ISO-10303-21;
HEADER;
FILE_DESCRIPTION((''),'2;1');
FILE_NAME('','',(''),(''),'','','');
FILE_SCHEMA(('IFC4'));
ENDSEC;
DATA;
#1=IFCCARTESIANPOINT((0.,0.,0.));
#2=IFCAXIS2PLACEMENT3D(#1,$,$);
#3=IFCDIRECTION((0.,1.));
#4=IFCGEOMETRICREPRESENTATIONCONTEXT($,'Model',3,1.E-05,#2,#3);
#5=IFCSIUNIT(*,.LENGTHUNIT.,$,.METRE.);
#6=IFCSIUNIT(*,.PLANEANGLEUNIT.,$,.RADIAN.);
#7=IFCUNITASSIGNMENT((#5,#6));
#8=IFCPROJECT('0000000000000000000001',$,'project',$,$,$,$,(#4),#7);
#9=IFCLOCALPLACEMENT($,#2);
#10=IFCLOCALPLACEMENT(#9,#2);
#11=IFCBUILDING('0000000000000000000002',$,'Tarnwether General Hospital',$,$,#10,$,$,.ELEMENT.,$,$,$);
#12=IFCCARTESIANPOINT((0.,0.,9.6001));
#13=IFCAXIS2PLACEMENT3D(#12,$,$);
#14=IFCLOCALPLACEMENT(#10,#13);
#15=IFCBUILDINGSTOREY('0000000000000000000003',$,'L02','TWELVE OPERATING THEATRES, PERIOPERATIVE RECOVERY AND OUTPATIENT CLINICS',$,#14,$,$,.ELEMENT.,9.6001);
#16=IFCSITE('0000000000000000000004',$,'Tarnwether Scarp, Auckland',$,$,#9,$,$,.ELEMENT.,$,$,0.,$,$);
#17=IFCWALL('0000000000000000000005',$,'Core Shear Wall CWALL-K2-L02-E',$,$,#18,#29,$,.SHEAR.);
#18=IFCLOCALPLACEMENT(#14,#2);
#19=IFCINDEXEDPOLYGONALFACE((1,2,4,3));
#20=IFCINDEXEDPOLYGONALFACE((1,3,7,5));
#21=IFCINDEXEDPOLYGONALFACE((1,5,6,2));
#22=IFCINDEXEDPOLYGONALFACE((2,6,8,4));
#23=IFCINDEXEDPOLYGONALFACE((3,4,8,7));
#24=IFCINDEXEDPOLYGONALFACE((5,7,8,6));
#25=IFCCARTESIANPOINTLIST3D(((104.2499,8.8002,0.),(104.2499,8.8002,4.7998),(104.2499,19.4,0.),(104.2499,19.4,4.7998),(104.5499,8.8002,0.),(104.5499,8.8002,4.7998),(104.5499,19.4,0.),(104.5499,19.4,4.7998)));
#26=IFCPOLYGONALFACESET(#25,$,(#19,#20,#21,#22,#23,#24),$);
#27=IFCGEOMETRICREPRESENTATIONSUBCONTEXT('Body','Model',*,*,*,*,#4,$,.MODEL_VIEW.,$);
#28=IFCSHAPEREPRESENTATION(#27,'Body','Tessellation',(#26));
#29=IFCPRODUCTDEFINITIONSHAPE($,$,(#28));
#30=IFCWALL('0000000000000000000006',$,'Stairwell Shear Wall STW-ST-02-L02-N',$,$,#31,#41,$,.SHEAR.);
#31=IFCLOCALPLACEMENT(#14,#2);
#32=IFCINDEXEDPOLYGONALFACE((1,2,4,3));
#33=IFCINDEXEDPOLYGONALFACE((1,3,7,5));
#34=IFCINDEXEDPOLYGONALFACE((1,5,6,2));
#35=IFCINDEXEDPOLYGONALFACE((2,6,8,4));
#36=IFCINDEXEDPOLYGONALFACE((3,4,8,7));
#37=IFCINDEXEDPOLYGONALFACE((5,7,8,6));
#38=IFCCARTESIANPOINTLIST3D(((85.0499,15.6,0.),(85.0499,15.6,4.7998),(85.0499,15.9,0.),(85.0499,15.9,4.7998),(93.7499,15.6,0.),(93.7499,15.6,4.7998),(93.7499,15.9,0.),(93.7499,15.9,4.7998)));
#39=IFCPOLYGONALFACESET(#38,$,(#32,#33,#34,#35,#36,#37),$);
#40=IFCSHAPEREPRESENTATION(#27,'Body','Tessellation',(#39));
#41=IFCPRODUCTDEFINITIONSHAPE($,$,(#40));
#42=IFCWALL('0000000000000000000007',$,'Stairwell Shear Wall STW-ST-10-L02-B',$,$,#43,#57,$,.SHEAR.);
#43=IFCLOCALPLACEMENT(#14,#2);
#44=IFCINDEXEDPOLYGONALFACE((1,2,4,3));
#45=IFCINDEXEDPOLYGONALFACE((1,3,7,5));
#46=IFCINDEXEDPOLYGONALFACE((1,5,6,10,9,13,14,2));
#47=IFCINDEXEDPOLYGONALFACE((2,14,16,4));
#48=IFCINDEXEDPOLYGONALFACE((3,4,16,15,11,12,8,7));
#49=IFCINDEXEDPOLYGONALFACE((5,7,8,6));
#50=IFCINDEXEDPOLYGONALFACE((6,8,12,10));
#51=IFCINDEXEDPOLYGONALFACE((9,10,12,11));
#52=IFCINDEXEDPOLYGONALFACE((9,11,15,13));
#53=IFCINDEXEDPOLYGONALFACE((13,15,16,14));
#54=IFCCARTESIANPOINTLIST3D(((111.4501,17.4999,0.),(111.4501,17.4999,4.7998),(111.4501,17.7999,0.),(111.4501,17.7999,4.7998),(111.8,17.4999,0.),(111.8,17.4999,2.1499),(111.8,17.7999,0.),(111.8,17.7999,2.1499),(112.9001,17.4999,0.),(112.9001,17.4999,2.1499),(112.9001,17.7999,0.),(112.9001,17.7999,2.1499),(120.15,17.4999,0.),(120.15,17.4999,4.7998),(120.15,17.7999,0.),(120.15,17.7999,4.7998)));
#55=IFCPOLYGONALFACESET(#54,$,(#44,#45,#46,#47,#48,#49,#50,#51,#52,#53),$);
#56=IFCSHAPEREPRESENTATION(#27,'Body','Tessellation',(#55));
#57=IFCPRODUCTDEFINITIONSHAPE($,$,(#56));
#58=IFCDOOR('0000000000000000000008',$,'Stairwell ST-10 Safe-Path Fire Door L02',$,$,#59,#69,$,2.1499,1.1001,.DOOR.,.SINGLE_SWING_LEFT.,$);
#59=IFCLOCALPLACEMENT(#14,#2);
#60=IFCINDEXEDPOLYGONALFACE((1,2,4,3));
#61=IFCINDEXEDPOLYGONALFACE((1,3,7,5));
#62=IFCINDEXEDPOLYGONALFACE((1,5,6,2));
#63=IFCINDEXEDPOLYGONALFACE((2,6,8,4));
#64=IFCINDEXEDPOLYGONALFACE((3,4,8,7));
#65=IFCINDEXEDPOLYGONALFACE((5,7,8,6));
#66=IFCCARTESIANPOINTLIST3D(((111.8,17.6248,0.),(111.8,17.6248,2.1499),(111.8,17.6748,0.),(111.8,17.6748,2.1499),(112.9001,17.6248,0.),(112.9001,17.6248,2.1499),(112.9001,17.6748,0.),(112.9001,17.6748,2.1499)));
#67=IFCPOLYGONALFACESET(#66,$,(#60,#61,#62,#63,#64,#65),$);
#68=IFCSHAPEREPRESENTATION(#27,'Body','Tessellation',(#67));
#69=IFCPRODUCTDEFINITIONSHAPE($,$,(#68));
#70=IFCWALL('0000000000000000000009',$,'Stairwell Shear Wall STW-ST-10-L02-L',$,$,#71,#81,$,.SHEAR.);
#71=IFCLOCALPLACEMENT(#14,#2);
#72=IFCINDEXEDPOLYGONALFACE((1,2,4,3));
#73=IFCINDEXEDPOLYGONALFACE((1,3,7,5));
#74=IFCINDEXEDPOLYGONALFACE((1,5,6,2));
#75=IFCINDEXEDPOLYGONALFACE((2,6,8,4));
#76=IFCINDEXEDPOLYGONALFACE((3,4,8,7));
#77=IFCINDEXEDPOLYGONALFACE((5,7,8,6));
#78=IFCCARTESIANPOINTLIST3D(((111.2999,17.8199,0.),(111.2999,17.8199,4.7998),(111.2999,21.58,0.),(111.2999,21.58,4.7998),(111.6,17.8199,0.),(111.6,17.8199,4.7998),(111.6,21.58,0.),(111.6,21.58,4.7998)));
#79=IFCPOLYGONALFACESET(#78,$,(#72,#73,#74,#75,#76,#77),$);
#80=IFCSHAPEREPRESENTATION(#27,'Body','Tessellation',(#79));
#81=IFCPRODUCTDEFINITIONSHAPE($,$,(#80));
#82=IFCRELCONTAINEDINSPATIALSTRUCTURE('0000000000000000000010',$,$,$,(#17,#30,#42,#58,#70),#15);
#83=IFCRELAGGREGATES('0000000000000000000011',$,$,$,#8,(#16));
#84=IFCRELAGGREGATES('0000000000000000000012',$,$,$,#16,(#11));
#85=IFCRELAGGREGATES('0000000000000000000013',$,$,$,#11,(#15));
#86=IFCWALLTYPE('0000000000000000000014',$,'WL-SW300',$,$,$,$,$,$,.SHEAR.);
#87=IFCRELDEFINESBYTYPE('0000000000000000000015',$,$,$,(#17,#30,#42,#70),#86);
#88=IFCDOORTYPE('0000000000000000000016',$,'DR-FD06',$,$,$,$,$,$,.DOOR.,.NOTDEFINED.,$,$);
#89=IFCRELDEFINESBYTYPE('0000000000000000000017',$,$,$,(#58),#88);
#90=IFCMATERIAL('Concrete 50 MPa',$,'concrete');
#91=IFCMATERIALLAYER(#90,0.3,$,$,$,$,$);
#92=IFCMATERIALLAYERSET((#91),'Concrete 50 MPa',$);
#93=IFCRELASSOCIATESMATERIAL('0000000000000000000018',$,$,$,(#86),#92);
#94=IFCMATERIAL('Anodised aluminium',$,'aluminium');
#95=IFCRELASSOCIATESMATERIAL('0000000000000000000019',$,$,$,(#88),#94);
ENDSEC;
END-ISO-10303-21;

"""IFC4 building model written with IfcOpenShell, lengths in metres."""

from ifc_helpers import new_model, si_unit, direction, frame, frame_2d, origin, place, context, subcontext, project, spatial, rectangle, extrude, material, layer, layer_set, type_object, element, fill, save


model = new_model("IFC4")

# Units and contexts
model_context = context("Model", 3, precision=1e-05, world=origin(), true_north=direction((0.0, 1.0)))
body_context = subcontext(model_context, "Body", "Model", "MODEL_VIEW")
ifc_project = project(units=[si_unit("LENGTHUNIT", "METRE"), si_unit("PLANEANGLEUNIT", "RADIAN")], contexts=[model_context])

# Site, building, storey
site_placement = place(None, origin())
site = spatial("IfcSite", under=ifc_project, at=site_placement, Name="Tarnwether Scarp, Auckland", CompositionType="ELEMENT", RefElevation=0.0)
building_placement = place(site_placement, origin())
building = spatial("IfcBuilding", under=site, at=building_placement, Name="Tarnwether General Hospital", CompositionType="ELEMENT")
storey_placement = place(building_placement, frame((0.0, 0.0, 9.6001)))
storey = spatial("IfcBuildingStorey", under=building, at=storey_placement, Name="L02", Description="TWELVE OPERATING THEATRES, PERIOPERATIVE RECOVERY AND OUTPATIENT CLINICS", CompositionType="ELEMENT", Elevation=9.6001)

# Walls
ifc_material_1 = material(Name="Concrete 50 MPa", Category="concrete")
ifc_layer_1 = layer(ifc_material_1, 0.3)
ifc_layer_set_1 = layer_set([ifc_layer_1], Name="Concrete 50 MPa")
wall_type_1 = type_object("IfcWallType", Name="WL-SW300", PredefinedType="SHEAR", material=ifc_layer_set_1)
wall_1_placement = place(storey_placement, frame((104.3999, 19.3999, 0.0), z_axis=(0.0, 0.0, 1.0), x_axis=(0.0, -1.0, 0.0)))
element("IfcWall", 1, at=wall_1_placement, inside=storey, type_object=wall_type_1, Name="Core Shear Wall CWALL-K2-L02-E", PredefinedType="SHEAR", context=body_context, shape_type="SweptSolid", body=[
    extrude(rectangle(XDim=10.5999, YDim=0.3, at=frame_2d((5.2998, 0.0))), origin(), (0.0, 0.0, 1.0), 4.7998),
])
wall_2_placement = place(storey_placement, frame((93.75, 15.75, 0.0), z_axis=(0.0, 0.0, 1.0), x_axis=(-1.0, 0.0, 0.0)))
element("IfcWall", 2, at=wall_2_placement, inside=storey, type_object=wall_type_1, Name="Stairwell Shear Wall STW-ST-02-L02-N", PredefinedType="SHEAR", context=body_context, shape_type="SweptSolid", body=[
    extrude(rectangle(XDim=8.7, YDim=0.3, at=frame_2d((4.3501, 0.0))), origin(), (0.0, 0.0, 1.0), 4.7998),
])

# Wall, opening, door
wall_3_placement = place(storey_placement, frame((111.45, 17.6499, 0.0), z_axis=(0.0, 0.0, 1.0), x_axis=(1.0, 0.0, 0.0)))
wall_3 = element("IfcWall", 3, at=wall_3_placement, inside=storey, type_object=wall_type_1, Name="Stairwell Shear Wall STW-ST-10-L02-B", PredefinedType="SHEAR", context=body_context, shape_type="SweptSolid", body=[
    extrude(rectangle(XDim=8.7, YDim=0.3, at=frame_2d((4.3501, 0.0))), origin(), (0.0, 0.0, 1.0), 4.7998),
])
opening_placement = place(wall_3_placement, frame((0.3501, 0.0, 0.0)))
opening = element("IfcOpeningElement", 4, at=opening_placement, cuts=wall_3, PredefinedType="OPENING", context=body_context, shape_type="SweptSolid", body=[
    extrude(rectangle(XDim=1.1001, YDim=2.1499, at=frame_2d((0.55, 1.075))), frame((0.0, 0.1602, 0.0), z_axis=(0.0, -1.0, 0.0), x_axis=(1.0, 0.0, 0.0)), (0.0, 0.0, 1.0), 0.3201),
])
ifc_material_2 = material(Name="Anodised aluminium", Category="aluminium")
door_type = type_object("IfcDoorType", Name="DR-FD06", OperationType="NOTDEFINED", PredefinedType="DOOR", material=ifc_material_2)
door_placement = place(opening_placement, origin())
door = element("IfcDoor", 5, at=door_placement, inside=storey, type_object=door_type, Name="Stairwell ST-10 Safe-Path Fire Door L02", OperationType="SINGLE_SWING_LEFT", OverallHeight=2.1499, OverallWidth=1.1001, PredefinedType="DOOR", context=body_context, shape_type="SweptSolid", body=[
    extrude(rectangle(XDim=1.1001, YDim=2.1499, at=frame_2d((0.55, 1.075))), frame((0.0, 0.0249, 0.0), z_axis=(0.0, -1.0, 0.0), x_axis=(1.0, 0.0, 0.0)), (0.0, 0.0, 1.0), 0.05),
])
fill(opening, door)

# Wall
wall_4_placement = place(storey_placement, frame((111.45, 17.8201, 0.0), z_axis=(0.0, 0.0, 1.0), x_axis=(0.0, 1.0, 0.0)))
element("IfcWall", 6, at=wall_4_placement, inside=storey, type_object=wall_type_1, Name="Stairwell Shear Wall STW-ST-10-L02-L", PredefinedType="SHEAR", context=body_context, shape_type="SweptSolid", body=[
    extrude(rectangle(XDim=3.76, YDim=0.3, at=frame_2d((1.8799, 0.0))), origin(), (0.0, 0.0, 1.0), 4.7998),
])

save(model, "model.ifc")
